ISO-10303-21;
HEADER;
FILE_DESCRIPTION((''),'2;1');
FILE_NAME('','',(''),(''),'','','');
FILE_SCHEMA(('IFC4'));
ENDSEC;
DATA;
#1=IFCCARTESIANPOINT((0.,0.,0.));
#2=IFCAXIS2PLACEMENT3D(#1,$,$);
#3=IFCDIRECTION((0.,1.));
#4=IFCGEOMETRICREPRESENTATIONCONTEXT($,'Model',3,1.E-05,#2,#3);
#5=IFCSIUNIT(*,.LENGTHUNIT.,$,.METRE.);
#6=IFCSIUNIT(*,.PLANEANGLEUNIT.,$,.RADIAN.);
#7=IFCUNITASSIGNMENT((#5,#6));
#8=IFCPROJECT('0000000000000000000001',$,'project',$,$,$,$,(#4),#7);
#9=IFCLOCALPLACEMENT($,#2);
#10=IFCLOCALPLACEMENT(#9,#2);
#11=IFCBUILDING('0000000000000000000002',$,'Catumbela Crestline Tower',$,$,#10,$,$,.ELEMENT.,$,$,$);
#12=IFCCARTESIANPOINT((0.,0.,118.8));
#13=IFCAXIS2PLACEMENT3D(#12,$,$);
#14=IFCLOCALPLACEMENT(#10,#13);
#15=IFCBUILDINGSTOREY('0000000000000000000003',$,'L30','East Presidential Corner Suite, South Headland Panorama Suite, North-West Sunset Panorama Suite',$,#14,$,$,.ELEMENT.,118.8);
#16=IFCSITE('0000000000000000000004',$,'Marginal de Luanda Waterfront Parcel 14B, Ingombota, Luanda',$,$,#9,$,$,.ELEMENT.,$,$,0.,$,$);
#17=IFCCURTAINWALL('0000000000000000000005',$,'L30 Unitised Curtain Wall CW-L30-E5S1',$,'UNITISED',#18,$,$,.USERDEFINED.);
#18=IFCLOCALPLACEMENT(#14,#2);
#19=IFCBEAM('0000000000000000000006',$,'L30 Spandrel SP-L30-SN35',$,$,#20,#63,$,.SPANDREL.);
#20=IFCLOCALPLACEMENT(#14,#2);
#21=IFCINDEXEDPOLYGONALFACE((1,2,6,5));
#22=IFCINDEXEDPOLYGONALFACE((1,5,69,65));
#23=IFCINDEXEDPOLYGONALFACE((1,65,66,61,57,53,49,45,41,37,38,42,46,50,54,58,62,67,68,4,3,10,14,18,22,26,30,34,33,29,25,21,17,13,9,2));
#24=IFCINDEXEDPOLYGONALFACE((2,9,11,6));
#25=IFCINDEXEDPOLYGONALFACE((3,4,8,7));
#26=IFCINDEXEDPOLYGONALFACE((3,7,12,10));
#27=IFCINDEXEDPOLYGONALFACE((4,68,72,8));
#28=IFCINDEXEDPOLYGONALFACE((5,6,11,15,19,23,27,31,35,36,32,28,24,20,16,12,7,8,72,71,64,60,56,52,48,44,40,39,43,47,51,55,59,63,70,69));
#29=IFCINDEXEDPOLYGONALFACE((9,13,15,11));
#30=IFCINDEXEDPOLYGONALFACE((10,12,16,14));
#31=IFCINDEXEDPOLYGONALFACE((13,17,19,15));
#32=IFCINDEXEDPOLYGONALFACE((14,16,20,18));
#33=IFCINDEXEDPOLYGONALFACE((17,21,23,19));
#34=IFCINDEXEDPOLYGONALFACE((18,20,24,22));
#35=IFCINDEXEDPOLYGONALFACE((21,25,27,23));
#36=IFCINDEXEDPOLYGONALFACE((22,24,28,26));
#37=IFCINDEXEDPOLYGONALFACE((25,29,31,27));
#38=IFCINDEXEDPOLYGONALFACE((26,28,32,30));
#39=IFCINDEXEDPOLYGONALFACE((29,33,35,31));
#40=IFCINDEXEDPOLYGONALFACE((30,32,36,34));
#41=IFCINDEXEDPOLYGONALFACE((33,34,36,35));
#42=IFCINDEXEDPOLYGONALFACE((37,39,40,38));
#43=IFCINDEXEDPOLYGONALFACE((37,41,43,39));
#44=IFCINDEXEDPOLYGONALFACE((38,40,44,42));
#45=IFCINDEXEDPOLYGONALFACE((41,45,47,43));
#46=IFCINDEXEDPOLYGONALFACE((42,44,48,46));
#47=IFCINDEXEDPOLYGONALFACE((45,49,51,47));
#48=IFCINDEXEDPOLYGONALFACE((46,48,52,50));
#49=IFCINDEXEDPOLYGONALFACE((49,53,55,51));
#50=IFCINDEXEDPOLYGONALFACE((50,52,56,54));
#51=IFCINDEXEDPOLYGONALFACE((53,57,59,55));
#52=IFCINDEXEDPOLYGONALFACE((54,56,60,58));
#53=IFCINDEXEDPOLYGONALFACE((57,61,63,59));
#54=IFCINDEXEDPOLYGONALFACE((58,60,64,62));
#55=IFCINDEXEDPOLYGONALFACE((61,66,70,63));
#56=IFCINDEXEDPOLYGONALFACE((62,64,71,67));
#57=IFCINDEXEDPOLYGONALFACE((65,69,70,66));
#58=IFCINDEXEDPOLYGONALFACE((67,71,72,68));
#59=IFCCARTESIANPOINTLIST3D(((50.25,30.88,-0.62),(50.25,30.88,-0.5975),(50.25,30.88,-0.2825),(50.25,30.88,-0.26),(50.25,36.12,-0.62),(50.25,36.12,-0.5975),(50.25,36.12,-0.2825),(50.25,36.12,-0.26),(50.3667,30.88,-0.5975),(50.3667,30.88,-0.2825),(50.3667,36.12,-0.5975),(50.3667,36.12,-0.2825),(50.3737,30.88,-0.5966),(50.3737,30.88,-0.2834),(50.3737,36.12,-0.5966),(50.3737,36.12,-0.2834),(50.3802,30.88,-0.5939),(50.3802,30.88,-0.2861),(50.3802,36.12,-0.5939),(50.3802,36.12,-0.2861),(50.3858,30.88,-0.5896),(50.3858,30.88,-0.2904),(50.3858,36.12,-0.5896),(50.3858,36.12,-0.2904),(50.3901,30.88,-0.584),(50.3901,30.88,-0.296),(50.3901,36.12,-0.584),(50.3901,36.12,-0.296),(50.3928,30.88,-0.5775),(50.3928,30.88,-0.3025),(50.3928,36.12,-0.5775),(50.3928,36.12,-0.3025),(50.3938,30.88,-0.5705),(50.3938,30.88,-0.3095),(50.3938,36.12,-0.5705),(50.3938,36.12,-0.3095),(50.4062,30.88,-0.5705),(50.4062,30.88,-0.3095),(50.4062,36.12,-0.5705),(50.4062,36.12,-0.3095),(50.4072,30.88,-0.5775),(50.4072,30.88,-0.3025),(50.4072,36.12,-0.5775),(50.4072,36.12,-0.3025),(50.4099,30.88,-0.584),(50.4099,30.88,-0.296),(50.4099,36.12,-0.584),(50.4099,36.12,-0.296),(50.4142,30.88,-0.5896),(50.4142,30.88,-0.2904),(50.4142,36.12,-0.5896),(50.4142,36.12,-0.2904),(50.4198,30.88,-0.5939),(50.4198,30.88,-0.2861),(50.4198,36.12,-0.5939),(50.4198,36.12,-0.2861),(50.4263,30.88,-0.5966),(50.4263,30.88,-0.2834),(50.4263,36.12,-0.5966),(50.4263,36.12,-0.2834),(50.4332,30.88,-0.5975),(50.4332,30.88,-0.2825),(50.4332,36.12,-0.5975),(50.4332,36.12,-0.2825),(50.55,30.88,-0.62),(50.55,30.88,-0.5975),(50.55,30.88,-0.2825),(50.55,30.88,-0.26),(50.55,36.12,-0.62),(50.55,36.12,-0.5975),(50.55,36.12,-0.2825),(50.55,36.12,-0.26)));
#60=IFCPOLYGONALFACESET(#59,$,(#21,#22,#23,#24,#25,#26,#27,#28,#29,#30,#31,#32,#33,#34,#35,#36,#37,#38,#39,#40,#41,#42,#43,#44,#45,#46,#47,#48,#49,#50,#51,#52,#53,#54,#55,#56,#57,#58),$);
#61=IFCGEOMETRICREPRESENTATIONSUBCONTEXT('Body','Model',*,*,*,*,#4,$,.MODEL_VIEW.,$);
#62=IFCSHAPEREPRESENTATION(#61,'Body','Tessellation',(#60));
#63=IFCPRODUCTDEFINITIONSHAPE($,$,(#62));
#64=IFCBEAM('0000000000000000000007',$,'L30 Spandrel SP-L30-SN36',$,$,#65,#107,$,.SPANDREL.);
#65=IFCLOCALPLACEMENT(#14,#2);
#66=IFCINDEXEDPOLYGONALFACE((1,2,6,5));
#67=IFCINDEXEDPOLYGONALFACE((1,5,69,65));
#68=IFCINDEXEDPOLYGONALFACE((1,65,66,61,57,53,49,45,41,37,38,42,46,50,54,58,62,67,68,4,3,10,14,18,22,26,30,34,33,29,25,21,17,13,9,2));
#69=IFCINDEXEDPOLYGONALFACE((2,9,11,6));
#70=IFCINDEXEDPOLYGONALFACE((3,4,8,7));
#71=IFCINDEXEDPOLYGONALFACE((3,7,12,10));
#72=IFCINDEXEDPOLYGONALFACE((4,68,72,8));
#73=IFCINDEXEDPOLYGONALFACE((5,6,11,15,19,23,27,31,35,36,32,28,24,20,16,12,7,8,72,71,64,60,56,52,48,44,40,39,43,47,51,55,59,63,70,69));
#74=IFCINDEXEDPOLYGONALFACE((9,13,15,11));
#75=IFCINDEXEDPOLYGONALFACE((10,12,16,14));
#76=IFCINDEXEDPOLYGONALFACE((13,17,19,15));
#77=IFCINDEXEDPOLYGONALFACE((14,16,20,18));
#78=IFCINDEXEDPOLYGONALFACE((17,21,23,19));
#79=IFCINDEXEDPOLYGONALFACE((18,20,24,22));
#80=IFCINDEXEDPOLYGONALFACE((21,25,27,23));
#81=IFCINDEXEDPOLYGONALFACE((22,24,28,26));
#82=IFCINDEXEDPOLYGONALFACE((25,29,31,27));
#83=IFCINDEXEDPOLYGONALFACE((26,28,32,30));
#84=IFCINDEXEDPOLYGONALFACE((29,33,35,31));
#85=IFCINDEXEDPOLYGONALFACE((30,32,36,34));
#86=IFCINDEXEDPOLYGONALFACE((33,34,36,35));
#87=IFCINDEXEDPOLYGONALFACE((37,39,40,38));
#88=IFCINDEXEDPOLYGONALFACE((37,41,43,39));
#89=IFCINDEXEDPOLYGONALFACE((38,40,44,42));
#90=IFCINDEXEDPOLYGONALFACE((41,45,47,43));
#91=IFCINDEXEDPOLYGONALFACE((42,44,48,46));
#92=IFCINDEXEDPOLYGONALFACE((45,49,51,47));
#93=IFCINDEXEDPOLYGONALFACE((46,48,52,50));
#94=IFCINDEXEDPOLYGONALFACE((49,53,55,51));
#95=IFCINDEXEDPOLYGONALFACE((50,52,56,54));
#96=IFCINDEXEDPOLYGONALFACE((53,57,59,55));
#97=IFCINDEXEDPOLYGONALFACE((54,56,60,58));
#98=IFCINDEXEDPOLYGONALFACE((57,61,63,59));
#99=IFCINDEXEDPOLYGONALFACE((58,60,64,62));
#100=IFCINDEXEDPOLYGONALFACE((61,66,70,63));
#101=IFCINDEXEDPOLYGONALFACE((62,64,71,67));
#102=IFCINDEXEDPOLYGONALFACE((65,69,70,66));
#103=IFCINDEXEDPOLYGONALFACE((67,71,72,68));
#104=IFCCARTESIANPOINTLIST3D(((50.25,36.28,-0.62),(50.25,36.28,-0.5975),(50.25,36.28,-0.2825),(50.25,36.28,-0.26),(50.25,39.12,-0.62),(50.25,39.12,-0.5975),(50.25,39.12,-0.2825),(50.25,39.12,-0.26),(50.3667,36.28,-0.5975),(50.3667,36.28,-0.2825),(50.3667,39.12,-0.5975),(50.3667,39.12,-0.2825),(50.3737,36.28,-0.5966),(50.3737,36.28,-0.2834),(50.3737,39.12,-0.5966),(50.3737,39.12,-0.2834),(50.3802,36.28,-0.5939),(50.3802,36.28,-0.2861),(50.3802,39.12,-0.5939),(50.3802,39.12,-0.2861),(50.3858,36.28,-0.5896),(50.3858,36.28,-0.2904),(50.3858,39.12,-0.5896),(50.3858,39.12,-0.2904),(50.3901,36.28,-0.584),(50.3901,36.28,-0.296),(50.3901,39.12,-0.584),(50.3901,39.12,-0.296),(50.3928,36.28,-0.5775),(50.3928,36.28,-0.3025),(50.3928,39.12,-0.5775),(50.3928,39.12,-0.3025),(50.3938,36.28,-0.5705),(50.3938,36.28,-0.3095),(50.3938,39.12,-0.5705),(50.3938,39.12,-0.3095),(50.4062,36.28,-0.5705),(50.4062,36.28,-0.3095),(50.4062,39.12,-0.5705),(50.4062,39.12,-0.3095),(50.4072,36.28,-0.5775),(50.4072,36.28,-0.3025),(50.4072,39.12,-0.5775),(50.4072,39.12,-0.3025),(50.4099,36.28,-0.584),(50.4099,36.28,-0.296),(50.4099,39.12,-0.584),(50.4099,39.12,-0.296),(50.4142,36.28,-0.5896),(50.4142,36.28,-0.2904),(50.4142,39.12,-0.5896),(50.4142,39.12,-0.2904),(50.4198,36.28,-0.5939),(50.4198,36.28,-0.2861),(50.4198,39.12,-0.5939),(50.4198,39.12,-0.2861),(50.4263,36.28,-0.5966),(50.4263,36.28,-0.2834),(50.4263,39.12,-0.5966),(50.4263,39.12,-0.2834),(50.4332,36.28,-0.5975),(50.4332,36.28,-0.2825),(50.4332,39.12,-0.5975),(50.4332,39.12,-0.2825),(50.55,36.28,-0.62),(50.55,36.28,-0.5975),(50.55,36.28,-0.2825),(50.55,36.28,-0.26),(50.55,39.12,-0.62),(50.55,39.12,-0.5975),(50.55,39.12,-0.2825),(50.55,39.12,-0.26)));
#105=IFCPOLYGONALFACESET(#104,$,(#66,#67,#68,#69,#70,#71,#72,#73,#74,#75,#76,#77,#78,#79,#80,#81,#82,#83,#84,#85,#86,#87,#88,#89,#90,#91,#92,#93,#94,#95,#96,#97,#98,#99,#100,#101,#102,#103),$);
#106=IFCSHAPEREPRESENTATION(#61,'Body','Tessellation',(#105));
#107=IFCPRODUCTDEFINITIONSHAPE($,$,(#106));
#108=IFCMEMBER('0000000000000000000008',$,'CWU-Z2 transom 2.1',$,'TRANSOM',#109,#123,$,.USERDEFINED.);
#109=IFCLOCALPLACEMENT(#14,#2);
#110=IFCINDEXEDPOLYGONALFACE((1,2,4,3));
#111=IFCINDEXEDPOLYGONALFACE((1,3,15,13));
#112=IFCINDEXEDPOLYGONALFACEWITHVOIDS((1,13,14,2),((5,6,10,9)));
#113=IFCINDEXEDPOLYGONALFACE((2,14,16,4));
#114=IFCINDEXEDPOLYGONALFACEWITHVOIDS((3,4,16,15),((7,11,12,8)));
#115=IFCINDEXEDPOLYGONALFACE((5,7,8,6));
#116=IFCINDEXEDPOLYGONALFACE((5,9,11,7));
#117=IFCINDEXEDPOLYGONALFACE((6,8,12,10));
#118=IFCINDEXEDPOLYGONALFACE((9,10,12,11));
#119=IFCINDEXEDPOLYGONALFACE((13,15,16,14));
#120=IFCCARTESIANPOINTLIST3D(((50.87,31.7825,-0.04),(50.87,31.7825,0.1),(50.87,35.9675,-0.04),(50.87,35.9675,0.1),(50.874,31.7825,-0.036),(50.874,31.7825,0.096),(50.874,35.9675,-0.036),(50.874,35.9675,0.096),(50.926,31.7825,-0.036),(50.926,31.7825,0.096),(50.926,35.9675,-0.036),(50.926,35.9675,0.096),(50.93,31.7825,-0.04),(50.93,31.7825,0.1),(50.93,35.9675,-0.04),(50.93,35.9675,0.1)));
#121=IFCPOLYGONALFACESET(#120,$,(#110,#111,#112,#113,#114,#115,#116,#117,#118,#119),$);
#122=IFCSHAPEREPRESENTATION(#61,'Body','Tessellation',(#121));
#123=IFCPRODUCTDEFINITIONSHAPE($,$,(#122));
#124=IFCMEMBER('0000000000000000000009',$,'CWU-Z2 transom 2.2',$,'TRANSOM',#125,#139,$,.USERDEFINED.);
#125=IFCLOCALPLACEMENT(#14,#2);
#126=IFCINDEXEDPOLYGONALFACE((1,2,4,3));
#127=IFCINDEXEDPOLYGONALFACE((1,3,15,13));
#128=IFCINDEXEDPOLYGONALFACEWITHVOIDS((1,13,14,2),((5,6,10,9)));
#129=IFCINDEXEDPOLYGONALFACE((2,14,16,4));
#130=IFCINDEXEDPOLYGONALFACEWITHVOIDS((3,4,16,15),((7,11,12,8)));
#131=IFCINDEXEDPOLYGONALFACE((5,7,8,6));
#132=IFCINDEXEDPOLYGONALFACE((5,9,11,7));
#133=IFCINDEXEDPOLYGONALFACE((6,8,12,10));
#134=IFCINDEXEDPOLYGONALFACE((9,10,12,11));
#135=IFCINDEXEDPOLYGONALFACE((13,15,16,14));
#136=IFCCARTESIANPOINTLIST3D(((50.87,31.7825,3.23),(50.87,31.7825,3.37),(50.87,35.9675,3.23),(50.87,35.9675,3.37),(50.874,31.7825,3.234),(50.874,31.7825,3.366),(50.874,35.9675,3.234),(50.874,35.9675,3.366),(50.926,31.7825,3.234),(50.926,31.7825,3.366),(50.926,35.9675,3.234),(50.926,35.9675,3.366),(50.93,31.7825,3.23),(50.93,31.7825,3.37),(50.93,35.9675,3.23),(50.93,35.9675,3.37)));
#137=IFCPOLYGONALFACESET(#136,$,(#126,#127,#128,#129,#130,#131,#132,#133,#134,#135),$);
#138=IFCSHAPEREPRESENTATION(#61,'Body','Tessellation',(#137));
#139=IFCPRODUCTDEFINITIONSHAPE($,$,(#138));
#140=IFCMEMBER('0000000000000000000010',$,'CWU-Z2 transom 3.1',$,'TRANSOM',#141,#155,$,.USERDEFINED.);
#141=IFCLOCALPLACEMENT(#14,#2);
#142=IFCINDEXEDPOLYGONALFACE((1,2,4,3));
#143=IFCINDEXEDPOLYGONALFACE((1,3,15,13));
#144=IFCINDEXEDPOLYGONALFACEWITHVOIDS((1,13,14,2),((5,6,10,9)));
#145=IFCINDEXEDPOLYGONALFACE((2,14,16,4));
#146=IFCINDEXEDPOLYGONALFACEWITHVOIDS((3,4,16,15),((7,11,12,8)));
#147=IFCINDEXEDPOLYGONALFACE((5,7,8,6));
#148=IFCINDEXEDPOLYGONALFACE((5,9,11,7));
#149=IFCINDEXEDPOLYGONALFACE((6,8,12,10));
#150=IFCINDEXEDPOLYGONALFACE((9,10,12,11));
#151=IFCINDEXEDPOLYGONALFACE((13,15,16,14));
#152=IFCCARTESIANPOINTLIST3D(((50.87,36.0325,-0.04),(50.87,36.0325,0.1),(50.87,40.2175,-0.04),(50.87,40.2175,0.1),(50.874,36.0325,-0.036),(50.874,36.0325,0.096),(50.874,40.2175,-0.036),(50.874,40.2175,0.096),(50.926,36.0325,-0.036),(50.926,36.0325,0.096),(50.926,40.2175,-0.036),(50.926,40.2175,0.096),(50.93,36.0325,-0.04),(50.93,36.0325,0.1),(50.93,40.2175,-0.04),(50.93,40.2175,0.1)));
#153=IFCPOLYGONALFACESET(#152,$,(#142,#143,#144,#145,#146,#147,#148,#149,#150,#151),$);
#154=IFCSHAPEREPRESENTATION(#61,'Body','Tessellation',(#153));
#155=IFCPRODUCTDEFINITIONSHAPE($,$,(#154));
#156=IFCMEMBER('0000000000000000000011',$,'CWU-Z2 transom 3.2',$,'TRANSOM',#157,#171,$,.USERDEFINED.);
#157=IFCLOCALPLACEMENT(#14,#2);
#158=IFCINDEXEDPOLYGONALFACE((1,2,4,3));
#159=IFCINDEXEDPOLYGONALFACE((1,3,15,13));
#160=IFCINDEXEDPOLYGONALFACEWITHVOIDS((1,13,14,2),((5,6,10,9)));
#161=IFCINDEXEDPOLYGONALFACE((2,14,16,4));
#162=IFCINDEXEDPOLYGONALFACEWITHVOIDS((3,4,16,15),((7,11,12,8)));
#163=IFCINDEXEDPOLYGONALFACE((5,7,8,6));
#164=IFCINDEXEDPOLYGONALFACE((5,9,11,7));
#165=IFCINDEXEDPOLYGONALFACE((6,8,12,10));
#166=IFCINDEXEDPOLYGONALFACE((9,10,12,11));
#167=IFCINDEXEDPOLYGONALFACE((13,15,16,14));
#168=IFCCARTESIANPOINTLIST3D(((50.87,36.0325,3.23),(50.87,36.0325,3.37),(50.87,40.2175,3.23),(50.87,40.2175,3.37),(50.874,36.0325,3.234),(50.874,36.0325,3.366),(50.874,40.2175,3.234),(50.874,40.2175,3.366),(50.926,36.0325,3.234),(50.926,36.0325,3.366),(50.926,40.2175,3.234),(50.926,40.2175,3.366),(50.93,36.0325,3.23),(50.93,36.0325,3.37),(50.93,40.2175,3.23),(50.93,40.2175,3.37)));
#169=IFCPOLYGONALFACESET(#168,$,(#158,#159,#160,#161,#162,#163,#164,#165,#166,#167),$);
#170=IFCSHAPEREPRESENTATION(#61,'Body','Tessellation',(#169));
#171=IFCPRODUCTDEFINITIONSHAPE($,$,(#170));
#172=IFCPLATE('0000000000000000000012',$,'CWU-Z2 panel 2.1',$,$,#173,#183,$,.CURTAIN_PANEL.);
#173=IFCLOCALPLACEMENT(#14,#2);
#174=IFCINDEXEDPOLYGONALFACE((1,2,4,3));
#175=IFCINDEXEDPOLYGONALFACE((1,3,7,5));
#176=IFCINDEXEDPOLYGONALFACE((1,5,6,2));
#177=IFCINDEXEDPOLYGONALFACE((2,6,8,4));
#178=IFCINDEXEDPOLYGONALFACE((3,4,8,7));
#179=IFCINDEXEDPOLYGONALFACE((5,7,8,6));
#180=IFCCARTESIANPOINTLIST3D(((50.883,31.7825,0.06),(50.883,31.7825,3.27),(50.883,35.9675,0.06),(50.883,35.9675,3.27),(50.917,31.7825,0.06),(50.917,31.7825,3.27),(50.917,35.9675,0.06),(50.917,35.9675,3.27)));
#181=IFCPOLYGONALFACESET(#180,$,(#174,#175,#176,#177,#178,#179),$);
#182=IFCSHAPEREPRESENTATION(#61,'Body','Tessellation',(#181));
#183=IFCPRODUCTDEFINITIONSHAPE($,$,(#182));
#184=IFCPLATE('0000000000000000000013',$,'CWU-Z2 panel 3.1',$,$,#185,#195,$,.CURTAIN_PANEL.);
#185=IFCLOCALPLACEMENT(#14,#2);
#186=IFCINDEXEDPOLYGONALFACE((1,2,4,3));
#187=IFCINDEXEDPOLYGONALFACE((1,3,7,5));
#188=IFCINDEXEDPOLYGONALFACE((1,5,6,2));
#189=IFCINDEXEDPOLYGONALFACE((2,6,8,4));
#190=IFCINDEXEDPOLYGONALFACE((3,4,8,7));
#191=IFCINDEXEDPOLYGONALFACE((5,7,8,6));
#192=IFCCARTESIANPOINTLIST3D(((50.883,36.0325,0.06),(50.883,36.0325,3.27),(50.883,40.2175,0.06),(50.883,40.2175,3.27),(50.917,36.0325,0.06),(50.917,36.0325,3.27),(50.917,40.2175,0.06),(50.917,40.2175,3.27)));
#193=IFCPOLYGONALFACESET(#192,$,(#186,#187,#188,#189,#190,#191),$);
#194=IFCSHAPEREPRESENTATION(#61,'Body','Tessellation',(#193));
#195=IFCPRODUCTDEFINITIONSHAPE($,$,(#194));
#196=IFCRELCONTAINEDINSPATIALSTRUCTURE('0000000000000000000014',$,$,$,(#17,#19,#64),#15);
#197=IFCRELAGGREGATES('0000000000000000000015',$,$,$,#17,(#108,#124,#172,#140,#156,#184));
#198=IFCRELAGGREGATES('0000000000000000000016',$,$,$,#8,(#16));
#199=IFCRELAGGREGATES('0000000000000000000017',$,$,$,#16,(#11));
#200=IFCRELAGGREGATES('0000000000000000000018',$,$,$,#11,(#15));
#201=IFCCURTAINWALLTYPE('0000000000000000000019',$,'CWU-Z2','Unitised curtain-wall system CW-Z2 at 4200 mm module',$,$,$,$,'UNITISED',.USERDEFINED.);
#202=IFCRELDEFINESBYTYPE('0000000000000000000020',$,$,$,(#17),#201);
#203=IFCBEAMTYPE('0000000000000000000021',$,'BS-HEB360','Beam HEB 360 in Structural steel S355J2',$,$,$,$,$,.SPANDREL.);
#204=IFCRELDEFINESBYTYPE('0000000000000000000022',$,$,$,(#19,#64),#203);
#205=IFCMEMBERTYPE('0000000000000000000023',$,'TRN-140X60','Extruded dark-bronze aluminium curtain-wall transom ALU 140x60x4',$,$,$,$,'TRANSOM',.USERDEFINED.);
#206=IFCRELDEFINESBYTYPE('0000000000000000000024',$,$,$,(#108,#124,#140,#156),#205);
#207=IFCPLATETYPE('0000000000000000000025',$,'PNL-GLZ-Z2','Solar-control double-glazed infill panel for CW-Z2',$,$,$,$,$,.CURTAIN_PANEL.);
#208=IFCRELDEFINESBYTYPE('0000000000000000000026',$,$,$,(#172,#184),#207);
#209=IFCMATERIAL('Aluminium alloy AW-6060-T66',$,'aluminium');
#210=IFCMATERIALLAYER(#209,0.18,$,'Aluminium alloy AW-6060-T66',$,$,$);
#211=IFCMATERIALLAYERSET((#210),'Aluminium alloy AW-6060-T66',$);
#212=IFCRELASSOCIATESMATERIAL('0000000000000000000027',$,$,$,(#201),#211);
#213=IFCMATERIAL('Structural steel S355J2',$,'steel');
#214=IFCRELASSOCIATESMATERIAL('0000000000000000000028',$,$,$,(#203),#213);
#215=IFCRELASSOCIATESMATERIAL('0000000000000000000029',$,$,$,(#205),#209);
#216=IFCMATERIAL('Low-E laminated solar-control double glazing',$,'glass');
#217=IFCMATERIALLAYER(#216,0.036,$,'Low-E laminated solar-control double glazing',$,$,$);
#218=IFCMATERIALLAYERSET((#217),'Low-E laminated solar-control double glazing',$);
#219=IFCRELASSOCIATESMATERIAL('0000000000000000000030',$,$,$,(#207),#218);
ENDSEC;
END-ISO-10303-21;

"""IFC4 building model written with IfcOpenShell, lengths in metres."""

from ifc_helpers import new_model, si_unit, direction, frame, origin, origin_2d, place, context, subcontext, project, spatial, rectangle, hollow_rectangle, i_section, extrude, material, layer, layer_set, material_profile, profile_set, type_object, element, aggregate, save


model = new_model("IFC4")

# Units and contexts
model_context = context("Model", 3, precision=1e-05, world=origin(), true_north=direction((0.0, 1.0)))
body_context = subcontext(model_context, "Body", "Model", "MODEL_VIEW")
ifc_project = project(units=[si_unit("LENGTHUNIT", "METRE"), si_unit("PLANEANGLEUNIT", "RADIAN")], contexts=[model_context])

# Site, building, storey
site_placement = place(None, origin())
site = spatial("IfcSite", under=ifc_project, at=site_placement, Name="Marginal de Luanda Waterfront Parcel 14B, Ingombota, Luanda", CompositionType="ELEMENT", RefElevation=0.0)
building_placement = place(site_placement, origin())
building = spatial("IfcBuilding", under=site, at=building_placement, Name="Catumbela Crestline Tower", CompositionType="ELEMENT")
storey_placement = place(building_placement, frame((0.0, 0.0, 118.8)))
storey = spatial("IfcBuildingStorey", under=building, at=storey_placement, Name="L30", Description="East Presidential Corner Suite, South Headland Panorama Suite, North-West Sunset Panorama Suite", CompositionType="ELEMENT", Elevation=118.8)

# Shared definitions
ifc_material_1 = material(Name="Structural steel S355J2", Category="steel")

# Curtain wall
ifc_material_2 = material(Name="Aluminium alloy AW-6060-T66", Category="aluminium")
ifc_layer_1 = layer(ifc_material_2, 0.18, Name="Aluminium alloy AW-6060-T66")
ifc_layer_set_1 = layer_set([ifc_layer_1], Name="Aluminium alloy AW-6060-T66")
curtain_wall_type = type_object("IfcCurtainWallType", Name="CWU-Z2", Description="Unitised curtain-wall system CW-Z2 at 4200 mm module", ElementType="UNITISED", PredefinedType="USERDEFINED", material=ifc_layer_set_1)
curtain_wall_placement = place(storey_placement, origin())
curtain_wall = element("IfcCurtainWall", 1, at=curtain_wall_placement, inside=storey, type_object=curtain_wall_type, Name="L30 Unitised Curtain Wall CW-L30-E5S1", ObjectType="UNITISED", PredefinedType="USERDEFINED")

# Beams
ifc_material_profile_1 = material_profile(ifc_material_1, i_section(OverallWidth=0.3, OverallDepth=0.36, WebThickness=0.0125, FlangeThickness=0.0225, FilletRadius=0.027, at=origin_2d()), Name="HEB 360")
ifc_profile_set_1 = profile_set([ifc_material_profile_1], Name="Structural steel S355J2")
beam_type_1 = type_object("IfcBeamType", Name="BS-HEB360", Description="Beam HEB 360 in Structural steel S355J2", PredefinedType="SPANDREL", material=ifc_profile_set_1)
beam_1_placement = place(storey_placement, frame((50.4, 30.88, -0.44), z_axis=(0.0, 1.0, 0.0), x_axis=(-1.0, 0.0, 0.0)))
element("IfcBeam", 2, at=beam_1_placement, inside=storey, type_object=beam_type_1, Name="L30 Spandrel SP-L30-SN35", PredefinedType="SPANDREL", context=body_context, shape_type="SweptSolid", body=[
    extrude(i_section(OverallWidth=0.3, OverallDepth=0.36, WebThickness=0.0125, FlangeThickness=0.0225, FilletRadius=0.027, at=origin_2d()), origin(), (0.0, 0.0, 1.0), 5.24),
])
beam_2_placement = place(storey_placement, frame((50.4, 36.28, -0.44), z_axis=(0.0, 1.0, 0.0), x_axis=(-1.0, 0.0, 0.0)))
element("IfcBeam", 3, at=beam_2_placement, inside=storey, type_object=beam_type_1, Name="L30 Spandrel SP-L30-SN36", PredefinedType="SPANDREL", context=body_context, shape_type="SweptSolid", body=[
    extrude(i_section(OverallWidth=0.3, OverallDepth=0.36, WebThickness=0.0125, FlangeThickness=0.0225, FilletRadius=0.027, at=origin_2d()), origin(), (0.0, 0.0, 1.0), 2.84),
])

# Members
ifc_material_profile_2 = material_profile(ifc_material_2, hollow_rectangle(XDim=0.06, YDim=0.14, WallThickness=0.004, at=origin_2d()), Name="ALU 140x60x4")
ifc_profile_set_2 = profile_set([ifc_material_profile_2], Name="Aluminium alloy AW-6060-T66")
member_type_1 = type_object("IfcMemberType", Name="TRN-140X60", Description="Extruded dark-bronze aluminium curtain-wall transom ALU 140x60x4", ElementType="TRANSOM", PredefinedType="USERDEFINED", material=ifc_profile_set_2)
member_1_placement = place(storey_placement, frame((50.9, 31.7825, 0.03), z_axis=(0.0, 1.0, 0.0), x_axis=(-1.0, 0.0, 0.0)))
member_1 = element("IfcMember", 4, at=member_1_placement, type_object=member_type_1, Name="CWU-Z2 transom 2.1", ObjectType="TRANSOM", PredefinedType="USERDEFINED", context=body_context, shape_type="SweptSolid", body=[
    extrude(hollow_rectangle(XDim=0.06, YDim=0.14, WallThickness=0.004, at=origin_2d()), origin(), (0.0, 0.0, 1.0), 4.185),
])
member_2_placement = place(storey_placement, frame((50.9, 31.7825, 3.3), z_axis=(0.0, 1.0, 0.0), x_axis=(-1.0, 0.0, 0.0)))
member_2 = element("IfcMember", 5, at=member_2_placement, type_object=member_type_1, Name="CWU-Z2 transom 2.2", ObjectType="TRANSOM", PredefinedType="USERDEFINED", context=body_context, shape_type="SweptSolid", body=[
    extrude(hollow_rectangle(XDim=0.06, YDim=0.14, WallThickness=0.004, at=origin_2d()), origin(), (0.0, 0.0, 1.0), 4.185),
])
member_3_placement = place(storey_placement, frame((50.9, 36.0325, 0.03), z_axis=(0.0, 1.0, 0.0), x_axis=(-1.0, 0.0, 0.0)))
member_3 = element("IfcMember", 6, at=member_3_placement, type_object=member_type_1, Name="CWU-Z2 transom 3.1", ObjectType="TRANSOM", PredefinedType="USERDEFINED", context=body_context, shape_type="SweptSolid", body=[
    extrude(hollow_rectangle(XDim=0.06, YDim=0.14, WallThickness=0.004, at=origin_2d()), origin(), (0.0, 0.0, 1.0), 4.185),
])
member_4_placement = place(storey_placement, frame((50.9, 36.0325, 3.3), z_axis=(0.0, 1.0, 0.0), x_axis=(-1.0, 0.0, 0.0)))
member_4 = element("IfcMember", 7, at=member_4_placement, type_object=member_type_1, Name="CWU-Z2 transom 3.2", ObjectType="TRANSOM", PredefinedType="USERDEFINED", context=body_context, shape_type="SweptSolid", body=[
    extrude(hollow_rectangle(XDim=0.06, YDim=0.14, WallThickness=0.004, at=origin_2d()), origin(), (0.0, 0.0, 1.0), 4.185),
])

# Plates
ifc_material_3 = material(Name="Low-E laminated solar-control double glazing", Category="glass")
ifc_layer_2 = layer(ifc_material_3, 0.036, Name="Low-E laminated solar-control double glazing")
ifc_layer_set_2 = layer_set([ifc_layer_2], Name="Low-E laminated solar-control double glazing")
plate_type = type_object("IfcPlateType", Name="PNL-GLZ-Z2", Description="Solar-control double-glazed infill panel for CW-Z2", PredefinedType="CURTAIN_PANEL", material=ifc_layer_set_2)
plate_1_placement = place(storey_placement, frame((50.9, 33.875, 0.06), z_axis=(0.0, 0.0, 1.0), x_axis=(0.0, 1.0, 0.0)))
plate_1 = element("IfcPlate", 8, at=plate_1_placement, type_object=plate_type, Name="CWU-Z2 panel 2.1", PredefinedType="CURTAIN_PANEL", context=body_context, shape_type="SweptSolid", body=[
    extrude(rectangle(XDim=4.185, YDim=0.034, at=origin_2d()), origin(), (0.0, 0.0, 1.0), 3.21),
])
plate_2_placement = place(storey_placement, frame((50.9, 38.125, 0.06), z_axis=(0.0, 0.0, 1.0), x_axis=(0.0, 1.0, 0.0)))
plate_2 = element("IfcPlate", 9, at=plate_2_placement, type_object=plate_type, Name="CWU-Z2 panel 3.1", PredefinedType="CURTAIN_PANEL", context=body_context, shape_type="SweptSolid", body=[
    extrude(rectangle(XDim=4.185, YDim=0.034, at=origin_2d()), origin(), (0.0, 0.0, 1.0), 3.21),
])
aggregate(curtain_wall, [member_1, member_2, plate_1, member_3, member_4, plate_2])

save(model, "model.ifc")
